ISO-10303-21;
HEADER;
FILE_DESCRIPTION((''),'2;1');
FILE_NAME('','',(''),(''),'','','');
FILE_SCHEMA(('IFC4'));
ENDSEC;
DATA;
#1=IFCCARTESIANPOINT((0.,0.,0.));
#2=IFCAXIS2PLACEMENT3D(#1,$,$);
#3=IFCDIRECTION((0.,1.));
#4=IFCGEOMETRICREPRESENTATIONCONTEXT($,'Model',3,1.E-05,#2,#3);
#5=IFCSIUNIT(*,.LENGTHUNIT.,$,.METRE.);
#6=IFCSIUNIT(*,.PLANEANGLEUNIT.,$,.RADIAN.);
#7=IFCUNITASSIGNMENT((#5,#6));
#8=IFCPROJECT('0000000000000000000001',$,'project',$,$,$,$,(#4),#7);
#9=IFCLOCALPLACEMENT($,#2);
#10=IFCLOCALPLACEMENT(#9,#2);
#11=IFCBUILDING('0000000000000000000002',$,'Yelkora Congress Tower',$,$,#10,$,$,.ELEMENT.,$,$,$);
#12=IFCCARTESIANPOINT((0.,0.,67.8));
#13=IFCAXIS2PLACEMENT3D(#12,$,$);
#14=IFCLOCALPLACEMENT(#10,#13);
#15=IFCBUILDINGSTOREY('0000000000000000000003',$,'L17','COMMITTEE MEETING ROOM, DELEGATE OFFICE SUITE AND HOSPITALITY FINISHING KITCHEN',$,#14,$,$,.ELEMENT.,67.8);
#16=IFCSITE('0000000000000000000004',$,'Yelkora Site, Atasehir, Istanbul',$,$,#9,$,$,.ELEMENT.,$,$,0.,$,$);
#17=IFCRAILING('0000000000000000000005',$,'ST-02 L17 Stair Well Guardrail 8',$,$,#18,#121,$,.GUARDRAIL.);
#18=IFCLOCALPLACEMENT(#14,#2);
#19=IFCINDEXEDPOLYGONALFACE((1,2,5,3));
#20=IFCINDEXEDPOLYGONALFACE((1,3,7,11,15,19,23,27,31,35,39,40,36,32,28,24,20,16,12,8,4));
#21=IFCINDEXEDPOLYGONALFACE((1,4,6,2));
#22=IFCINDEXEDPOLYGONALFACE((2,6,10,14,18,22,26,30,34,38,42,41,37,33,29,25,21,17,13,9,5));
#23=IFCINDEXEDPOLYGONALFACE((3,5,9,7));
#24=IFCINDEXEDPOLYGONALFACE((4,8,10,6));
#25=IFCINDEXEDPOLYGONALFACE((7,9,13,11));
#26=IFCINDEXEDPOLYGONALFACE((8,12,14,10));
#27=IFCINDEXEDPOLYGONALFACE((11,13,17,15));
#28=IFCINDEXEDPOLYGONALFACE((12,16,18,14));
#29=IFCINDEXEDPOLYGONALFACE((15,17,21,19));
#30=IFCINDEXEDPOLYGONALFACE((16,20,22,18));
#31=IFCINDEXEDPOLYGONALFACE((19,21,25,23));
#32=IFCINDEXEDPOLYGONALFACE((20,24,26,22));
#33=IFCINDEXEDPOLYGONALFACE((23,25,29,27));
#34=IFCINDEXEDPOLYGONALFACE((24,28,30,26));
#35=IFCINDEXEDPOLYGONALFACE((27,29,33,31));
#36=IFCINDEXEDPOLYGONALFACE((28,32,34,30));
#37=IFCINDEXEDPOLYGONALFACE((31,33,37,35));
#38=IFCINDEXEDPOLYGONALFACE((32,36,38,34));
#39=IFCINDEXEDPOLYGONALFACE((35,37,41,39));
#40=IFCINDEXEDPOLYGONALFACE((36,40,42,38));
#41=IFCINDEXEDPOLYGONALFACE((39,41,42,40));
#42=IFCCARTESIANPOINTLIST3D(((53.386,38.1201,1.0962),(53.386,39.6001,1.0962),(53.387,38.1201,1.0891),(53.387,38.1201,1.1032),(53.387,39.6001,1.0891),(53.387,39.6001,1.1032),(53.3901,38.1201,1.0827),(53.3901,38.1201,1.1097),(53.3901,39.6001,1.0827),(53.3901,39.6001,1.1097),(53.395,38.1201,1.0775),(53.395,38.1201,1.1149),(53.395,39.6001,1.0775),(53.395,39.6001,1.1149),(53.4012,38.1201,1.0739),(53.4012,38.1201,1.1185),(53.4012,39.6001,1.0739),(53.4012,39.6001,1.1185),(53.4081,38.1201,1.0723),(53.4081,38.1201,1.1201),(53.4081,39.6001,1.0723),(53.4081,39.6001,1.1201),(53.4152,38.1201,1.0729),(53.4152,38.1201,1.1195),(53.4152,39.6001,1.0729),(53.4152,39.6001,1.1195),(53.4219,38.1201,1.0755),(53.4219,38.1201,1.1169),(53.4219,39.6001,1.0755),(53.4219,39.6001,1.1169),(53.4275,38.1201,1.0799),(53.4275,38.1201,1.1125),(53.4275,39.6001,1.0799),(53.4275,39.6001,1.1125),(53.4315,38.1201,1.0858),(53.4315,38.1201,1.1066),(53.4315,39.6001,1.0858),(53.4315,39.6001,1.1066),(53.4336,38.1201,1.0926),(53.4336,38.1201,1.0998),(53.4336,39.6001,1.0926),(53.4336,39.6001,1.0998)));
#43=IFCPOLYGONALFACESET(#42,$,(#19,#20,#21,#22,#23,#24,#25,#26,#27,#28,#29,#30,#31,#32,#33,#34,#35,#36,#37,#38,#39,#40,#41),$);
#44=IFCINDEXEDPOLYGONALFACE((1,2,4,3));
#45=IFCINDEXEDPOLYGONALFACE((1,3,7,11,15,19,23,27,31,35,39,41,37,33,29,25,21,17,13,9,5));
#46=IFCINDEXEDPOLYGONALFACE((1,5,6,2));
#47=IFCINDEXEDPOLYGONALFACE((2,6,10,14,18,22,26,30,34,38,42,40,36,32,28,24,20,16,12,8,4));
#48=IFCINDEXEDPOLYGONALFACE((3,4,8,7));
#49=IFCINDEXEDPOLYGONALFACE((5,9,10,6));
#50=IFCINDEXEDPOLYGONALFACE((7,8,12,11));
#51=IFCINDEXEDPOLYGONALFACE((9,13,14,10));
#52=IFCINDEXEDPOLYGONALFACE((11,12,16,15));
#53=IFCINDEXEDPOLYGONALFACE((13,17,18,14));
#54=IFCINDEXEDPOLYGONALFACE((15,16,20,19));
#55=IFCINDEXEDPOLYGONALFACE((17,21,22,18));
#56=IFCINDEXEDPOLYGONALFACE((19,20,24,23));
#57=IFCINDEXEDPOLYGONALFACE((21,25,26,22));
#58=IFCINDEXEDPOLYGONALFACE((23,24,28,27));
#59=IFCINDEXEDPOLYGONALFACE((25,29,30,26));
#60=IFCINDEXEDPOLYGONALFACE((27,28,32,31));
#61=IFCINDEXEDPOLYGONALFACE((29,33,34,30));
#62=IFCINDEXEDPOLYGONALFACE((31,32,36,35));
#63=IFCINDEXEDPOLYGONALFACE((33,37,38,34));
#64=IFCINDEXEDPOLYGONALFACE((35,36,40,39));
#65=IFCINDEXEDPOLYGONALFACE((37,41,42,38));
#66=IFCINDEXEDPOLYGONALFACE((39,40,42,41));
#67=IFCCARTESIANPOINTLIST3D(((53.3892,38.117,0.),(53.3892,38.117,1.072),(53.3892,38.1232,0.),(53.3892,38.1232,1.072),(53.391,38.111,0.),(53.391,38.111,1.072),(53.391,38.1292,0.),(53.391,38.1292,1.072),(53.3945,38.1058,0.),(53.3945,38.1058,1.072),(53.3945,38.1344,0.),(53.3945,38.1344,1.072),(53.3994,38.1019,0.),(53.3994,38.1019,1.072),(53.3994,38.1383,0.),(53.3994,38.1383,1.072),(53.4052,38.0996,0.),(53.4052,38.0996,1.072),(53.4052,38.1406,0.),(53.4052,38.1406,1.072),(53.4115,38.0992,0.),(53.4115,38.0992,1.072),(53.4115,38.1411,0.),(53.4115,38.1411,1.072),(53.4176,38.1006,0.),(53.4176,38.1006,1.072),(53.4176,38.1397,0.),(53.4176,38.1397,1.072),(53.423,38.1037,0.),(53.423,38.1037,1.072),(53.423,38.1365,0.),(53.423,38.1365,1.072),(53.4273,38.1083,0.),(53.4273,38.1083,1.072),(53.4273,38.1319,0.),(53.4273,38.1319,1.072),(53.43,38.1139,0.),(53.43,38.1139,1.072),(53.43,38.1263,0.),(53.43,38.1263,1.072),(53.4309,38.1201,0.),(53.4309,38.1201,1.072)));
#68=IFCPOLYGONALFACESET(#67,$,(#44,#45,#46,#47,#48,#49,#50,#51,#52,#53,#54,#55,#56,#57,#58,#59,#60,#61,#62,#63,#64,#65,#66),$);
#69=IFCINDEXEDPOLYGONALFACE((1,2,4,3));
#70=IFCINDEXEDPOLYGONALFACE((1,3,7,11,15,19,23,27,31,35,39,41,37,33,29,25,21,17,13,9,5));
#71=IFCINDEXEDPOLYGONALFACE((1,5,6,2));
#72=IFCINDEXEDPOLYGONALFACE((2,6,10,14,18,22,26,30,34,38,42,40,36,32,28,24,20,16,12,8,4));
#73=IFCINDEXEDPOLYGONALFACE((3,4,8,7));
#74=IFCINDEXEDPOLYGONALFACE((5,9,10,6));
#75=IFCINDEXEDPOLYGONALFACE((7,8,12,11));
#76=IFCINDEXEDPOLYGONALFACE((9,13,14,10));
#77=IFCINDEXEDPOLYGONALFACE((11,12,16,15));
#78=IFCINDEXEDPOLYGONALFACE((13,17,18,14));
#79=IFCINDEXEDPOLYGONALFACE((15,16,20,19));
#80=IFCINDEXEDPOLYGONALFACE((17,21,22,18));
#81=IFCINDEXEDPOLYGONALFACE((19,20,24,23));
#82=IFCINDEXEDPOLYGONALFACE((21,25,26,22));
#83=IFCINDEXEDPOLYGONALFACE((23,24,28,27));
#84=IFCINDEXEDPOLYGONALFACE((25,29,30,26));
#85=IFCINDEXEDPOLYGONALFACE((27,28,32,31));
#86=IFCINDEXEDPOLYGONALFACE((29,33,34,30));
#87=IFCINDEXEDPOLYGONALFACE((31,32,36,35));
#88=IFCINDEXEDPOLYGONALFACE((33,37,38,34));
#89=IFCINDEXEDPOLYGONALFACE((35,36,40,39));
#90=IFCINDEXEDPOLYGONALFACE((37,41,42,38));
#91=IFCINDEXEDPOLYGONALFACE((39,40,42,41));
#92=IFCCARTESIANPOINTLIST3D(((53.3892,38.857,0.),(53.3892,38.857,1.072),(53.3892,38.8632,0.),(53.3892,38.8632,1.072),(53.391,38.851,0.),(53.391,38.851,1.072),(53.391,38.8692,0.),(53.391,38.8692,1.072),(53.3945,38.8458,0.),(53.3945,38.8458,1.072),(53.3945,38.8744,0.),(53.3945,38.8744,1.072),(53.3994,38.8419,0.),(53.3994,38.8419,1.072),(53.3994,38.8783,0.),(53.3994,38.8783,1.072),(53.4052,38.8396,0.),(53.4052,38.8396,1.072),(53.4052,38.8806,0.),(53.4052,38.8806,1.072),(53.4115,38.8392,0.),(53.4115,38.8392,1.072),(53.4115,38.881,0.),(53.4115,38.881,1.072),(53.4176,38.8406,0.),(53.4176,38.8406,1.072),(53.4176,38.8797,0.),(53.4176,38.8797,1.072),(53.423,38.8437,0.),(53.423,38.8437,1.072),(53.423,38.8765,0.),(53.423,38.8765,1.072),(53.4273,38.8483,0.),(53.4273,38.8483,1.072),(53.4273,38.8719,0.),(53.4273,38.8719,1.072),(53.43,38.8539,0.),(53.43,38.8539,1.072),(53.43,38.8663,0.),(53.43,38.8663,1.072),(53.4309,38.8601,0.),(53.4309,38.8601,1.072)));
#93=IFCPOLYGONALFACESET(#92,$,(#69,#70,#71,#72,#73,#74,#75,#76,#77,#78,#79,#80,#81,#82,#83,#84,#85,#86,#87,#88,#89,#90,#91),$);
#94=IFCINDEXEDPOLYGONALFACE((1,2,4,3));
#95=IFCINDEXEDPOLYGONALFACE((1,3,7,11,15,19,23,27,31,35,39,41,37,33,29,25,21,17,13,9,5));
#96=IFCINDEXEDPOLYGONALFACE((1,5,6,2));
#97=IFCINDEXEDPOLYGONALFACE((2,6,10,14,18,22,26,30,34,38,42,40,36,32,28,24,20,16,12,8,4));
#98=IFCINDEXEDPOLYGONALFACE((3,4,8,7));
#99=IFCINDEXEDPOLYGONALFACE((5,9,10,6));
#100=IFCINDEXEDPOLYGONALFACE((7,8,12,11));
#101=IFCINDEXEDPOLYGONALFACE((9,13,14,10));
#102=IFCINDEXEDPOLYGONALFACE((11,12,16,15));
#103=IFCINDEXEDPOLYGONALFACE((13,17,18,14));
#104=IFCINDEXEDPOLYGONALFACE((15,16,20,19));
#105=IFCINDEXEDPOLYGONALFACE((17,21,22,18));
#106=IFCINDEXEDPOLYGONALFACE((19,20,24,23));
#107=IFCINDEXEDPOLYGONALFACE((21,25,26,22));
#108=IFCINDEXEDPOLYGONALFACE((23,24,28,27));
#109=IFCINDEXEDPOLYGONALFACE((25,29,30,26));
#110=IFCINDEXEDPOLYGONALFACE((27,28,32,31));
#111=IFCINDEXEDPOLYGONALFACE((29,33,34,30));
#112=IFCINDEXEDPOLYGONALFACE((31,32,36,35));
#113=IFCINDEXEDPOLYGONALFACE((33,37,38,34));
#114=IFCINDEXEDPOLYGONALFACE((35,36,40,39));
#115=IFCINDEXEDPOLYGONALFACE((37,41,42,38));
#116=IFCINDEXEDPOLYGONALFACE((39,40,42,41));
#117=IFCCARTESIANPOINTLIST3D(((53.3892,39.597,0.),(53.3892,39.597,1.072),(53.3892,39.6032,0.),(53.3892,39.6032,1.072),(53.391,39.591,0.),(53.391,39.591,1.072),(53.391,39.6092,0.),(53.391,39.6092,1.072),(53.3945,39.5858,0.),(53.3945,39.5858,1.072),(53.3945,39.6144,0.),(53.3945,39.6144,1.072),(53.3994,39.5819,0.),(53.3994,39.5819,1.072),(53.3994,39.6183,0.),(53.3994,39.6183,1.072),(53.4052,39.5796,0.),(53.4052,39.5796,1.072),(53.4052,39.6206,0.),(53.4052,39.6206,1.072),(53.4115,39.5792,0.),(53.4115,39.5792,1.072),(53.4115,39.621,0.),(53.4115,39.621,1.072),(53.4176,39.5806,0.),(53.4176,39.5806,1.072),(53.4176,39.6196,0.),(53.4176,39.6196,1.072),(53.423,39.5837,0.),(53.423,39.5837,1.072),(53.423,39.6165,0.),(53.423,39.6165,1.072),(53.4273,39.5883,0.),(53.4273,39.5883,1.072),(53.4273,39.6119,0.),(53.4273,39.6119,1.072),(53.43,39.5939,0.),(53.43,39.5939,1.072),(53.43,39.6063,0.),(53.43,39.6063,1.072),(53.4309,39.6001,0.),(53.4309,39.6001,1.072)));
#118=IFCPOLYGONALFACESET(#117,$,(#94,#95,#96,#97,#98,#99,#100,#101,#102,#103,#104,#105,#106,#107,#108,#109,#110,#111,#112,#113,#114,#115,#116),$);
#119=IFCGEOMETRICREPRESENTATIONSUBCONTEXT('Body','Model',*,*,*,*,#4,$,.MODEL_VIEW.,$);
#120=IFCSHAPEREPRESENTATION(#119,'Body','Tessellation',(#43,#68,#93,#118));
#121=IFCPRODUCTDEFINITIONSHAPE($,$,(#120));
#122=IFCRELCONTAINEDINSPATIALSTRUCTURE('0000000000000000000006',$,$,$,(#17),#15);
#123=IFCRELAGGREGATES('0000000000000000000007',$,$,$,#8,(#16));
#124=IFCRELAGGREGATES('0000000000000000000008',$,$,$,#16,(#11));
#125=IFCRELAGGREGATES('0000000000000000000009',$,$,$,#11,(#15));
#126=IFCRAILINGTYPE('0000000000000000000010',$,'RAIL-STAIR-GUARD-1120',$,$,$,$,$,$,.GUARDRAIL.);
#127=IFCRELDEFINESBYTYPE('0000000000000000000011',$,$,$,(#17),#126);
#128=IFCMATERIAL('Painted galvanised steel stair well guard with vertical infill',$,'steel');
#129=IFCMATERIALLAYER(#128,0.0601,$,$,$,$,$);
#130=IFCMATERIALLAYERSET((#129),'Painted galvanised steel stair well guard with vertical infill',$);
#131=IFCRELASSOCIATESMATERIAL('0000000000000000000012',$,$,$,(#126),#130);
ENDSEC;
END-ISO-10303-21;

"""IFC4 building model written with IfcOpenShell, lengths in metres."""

from ifc_helpers import new_model, si_unit, direction, frame, origin, origin_2d, place, context, subcontext, project, spatial, circle, extrude, material, layer, layer_set, type_object, element, save


model = new_model("IFC4")

# Units and contexts
model_context = context("Model", 3, precision=1e-05, world=origin(), true_north=direction((0.0, 1.0)))
body_context = subcontext(model_context, "Body", "Model", "MODEL_VIEW")
ifc_project = project(units=[si_unit("LENGTHUNIT", "METRE"), si_unit("PLANEANGLEUNIT", "RADIAN")], contexts=[model_context])

# Site, building, storey
site_placement = place(None, origin())
site = spatial("IfcSite", under=ifc_project, at=site_placement, Name="Yelkora Site, Atasehir, Istanbul", CompositionType="ELEMENT", RefElevation=0.0)
building_placement = place(site_placement, origin())
building = spatial("IfcBuilding", under=site, at=building_placement, Name="Yelkora Congress Tower", CompositionType="ELEMENT")
storey_placement = place(building_placement, frame((0.0, 0.0, 67.8)))
storey = spatial("IfcBuildingStorey", under=building, at=storey_placement, Name="L17", Description="COMMITTEE MEETING ROOM, DELEGATE OFFICE SUITE AND HOSPITALITY FINISHING KITCHEN", CompositionType="ELEMENT", Elevation=67.8)

# Railing
ifc_material_1 = material(Name="Painted galvanised steel stair well guard with vertical infill", Category="steel")
ifc_layer_1 = layer(ifc_material_1, 0.0601)
ifc_layer_set_1 = layer_set([ifc_layer_1], Name="Painted galvanised steel stair well guard with vertical infill")
railing_type_1 = type_object("IfcRailingType", Name="RAIL-STAIR-GUARD-1120", PredefinedType="GUARDRAIL", material=ifc_layer_set_1)
railing_1_placement = place(storey_placement, frame((53.4099, 38.1201, 0.0)))
element("IfcRailing", 1, at=railing_1_placement, inside=storey, type_object=railing_type_1, Name="ST-02 L17 Stair Well Guardrail 8", PredefinedType="GUARDRAIL", context=body_context, shape_type="SweptSolid", body=[
    extrude(circle(Radius=0.0239, at=origin_2d()), frame((0.0, 0.0, 1.0962), z_axis=(0.0, 1.0, 0.0), x_axis=(-1.0, 0.0, 0.0)), (0.0, 0.0, 1.0), 1.48),
    extrude(circle(Radius=0.021, at=origin_2d()), origin(), (0.0, 0.0, 1.0), 1.072),
    extrude(circle(Radius=0.021, at=origin_2d()), frame((0.0, 0.74, 0.0)), (0.0, 0.0, 1.0), 1.072),
    extrude(circle(Radius=0.021, at=origin_2d()), frame((0.0, 1.48, 0.0)), (0.0, 0.0, 1.0), 1.072),
])

save(model, "model.ifc")
